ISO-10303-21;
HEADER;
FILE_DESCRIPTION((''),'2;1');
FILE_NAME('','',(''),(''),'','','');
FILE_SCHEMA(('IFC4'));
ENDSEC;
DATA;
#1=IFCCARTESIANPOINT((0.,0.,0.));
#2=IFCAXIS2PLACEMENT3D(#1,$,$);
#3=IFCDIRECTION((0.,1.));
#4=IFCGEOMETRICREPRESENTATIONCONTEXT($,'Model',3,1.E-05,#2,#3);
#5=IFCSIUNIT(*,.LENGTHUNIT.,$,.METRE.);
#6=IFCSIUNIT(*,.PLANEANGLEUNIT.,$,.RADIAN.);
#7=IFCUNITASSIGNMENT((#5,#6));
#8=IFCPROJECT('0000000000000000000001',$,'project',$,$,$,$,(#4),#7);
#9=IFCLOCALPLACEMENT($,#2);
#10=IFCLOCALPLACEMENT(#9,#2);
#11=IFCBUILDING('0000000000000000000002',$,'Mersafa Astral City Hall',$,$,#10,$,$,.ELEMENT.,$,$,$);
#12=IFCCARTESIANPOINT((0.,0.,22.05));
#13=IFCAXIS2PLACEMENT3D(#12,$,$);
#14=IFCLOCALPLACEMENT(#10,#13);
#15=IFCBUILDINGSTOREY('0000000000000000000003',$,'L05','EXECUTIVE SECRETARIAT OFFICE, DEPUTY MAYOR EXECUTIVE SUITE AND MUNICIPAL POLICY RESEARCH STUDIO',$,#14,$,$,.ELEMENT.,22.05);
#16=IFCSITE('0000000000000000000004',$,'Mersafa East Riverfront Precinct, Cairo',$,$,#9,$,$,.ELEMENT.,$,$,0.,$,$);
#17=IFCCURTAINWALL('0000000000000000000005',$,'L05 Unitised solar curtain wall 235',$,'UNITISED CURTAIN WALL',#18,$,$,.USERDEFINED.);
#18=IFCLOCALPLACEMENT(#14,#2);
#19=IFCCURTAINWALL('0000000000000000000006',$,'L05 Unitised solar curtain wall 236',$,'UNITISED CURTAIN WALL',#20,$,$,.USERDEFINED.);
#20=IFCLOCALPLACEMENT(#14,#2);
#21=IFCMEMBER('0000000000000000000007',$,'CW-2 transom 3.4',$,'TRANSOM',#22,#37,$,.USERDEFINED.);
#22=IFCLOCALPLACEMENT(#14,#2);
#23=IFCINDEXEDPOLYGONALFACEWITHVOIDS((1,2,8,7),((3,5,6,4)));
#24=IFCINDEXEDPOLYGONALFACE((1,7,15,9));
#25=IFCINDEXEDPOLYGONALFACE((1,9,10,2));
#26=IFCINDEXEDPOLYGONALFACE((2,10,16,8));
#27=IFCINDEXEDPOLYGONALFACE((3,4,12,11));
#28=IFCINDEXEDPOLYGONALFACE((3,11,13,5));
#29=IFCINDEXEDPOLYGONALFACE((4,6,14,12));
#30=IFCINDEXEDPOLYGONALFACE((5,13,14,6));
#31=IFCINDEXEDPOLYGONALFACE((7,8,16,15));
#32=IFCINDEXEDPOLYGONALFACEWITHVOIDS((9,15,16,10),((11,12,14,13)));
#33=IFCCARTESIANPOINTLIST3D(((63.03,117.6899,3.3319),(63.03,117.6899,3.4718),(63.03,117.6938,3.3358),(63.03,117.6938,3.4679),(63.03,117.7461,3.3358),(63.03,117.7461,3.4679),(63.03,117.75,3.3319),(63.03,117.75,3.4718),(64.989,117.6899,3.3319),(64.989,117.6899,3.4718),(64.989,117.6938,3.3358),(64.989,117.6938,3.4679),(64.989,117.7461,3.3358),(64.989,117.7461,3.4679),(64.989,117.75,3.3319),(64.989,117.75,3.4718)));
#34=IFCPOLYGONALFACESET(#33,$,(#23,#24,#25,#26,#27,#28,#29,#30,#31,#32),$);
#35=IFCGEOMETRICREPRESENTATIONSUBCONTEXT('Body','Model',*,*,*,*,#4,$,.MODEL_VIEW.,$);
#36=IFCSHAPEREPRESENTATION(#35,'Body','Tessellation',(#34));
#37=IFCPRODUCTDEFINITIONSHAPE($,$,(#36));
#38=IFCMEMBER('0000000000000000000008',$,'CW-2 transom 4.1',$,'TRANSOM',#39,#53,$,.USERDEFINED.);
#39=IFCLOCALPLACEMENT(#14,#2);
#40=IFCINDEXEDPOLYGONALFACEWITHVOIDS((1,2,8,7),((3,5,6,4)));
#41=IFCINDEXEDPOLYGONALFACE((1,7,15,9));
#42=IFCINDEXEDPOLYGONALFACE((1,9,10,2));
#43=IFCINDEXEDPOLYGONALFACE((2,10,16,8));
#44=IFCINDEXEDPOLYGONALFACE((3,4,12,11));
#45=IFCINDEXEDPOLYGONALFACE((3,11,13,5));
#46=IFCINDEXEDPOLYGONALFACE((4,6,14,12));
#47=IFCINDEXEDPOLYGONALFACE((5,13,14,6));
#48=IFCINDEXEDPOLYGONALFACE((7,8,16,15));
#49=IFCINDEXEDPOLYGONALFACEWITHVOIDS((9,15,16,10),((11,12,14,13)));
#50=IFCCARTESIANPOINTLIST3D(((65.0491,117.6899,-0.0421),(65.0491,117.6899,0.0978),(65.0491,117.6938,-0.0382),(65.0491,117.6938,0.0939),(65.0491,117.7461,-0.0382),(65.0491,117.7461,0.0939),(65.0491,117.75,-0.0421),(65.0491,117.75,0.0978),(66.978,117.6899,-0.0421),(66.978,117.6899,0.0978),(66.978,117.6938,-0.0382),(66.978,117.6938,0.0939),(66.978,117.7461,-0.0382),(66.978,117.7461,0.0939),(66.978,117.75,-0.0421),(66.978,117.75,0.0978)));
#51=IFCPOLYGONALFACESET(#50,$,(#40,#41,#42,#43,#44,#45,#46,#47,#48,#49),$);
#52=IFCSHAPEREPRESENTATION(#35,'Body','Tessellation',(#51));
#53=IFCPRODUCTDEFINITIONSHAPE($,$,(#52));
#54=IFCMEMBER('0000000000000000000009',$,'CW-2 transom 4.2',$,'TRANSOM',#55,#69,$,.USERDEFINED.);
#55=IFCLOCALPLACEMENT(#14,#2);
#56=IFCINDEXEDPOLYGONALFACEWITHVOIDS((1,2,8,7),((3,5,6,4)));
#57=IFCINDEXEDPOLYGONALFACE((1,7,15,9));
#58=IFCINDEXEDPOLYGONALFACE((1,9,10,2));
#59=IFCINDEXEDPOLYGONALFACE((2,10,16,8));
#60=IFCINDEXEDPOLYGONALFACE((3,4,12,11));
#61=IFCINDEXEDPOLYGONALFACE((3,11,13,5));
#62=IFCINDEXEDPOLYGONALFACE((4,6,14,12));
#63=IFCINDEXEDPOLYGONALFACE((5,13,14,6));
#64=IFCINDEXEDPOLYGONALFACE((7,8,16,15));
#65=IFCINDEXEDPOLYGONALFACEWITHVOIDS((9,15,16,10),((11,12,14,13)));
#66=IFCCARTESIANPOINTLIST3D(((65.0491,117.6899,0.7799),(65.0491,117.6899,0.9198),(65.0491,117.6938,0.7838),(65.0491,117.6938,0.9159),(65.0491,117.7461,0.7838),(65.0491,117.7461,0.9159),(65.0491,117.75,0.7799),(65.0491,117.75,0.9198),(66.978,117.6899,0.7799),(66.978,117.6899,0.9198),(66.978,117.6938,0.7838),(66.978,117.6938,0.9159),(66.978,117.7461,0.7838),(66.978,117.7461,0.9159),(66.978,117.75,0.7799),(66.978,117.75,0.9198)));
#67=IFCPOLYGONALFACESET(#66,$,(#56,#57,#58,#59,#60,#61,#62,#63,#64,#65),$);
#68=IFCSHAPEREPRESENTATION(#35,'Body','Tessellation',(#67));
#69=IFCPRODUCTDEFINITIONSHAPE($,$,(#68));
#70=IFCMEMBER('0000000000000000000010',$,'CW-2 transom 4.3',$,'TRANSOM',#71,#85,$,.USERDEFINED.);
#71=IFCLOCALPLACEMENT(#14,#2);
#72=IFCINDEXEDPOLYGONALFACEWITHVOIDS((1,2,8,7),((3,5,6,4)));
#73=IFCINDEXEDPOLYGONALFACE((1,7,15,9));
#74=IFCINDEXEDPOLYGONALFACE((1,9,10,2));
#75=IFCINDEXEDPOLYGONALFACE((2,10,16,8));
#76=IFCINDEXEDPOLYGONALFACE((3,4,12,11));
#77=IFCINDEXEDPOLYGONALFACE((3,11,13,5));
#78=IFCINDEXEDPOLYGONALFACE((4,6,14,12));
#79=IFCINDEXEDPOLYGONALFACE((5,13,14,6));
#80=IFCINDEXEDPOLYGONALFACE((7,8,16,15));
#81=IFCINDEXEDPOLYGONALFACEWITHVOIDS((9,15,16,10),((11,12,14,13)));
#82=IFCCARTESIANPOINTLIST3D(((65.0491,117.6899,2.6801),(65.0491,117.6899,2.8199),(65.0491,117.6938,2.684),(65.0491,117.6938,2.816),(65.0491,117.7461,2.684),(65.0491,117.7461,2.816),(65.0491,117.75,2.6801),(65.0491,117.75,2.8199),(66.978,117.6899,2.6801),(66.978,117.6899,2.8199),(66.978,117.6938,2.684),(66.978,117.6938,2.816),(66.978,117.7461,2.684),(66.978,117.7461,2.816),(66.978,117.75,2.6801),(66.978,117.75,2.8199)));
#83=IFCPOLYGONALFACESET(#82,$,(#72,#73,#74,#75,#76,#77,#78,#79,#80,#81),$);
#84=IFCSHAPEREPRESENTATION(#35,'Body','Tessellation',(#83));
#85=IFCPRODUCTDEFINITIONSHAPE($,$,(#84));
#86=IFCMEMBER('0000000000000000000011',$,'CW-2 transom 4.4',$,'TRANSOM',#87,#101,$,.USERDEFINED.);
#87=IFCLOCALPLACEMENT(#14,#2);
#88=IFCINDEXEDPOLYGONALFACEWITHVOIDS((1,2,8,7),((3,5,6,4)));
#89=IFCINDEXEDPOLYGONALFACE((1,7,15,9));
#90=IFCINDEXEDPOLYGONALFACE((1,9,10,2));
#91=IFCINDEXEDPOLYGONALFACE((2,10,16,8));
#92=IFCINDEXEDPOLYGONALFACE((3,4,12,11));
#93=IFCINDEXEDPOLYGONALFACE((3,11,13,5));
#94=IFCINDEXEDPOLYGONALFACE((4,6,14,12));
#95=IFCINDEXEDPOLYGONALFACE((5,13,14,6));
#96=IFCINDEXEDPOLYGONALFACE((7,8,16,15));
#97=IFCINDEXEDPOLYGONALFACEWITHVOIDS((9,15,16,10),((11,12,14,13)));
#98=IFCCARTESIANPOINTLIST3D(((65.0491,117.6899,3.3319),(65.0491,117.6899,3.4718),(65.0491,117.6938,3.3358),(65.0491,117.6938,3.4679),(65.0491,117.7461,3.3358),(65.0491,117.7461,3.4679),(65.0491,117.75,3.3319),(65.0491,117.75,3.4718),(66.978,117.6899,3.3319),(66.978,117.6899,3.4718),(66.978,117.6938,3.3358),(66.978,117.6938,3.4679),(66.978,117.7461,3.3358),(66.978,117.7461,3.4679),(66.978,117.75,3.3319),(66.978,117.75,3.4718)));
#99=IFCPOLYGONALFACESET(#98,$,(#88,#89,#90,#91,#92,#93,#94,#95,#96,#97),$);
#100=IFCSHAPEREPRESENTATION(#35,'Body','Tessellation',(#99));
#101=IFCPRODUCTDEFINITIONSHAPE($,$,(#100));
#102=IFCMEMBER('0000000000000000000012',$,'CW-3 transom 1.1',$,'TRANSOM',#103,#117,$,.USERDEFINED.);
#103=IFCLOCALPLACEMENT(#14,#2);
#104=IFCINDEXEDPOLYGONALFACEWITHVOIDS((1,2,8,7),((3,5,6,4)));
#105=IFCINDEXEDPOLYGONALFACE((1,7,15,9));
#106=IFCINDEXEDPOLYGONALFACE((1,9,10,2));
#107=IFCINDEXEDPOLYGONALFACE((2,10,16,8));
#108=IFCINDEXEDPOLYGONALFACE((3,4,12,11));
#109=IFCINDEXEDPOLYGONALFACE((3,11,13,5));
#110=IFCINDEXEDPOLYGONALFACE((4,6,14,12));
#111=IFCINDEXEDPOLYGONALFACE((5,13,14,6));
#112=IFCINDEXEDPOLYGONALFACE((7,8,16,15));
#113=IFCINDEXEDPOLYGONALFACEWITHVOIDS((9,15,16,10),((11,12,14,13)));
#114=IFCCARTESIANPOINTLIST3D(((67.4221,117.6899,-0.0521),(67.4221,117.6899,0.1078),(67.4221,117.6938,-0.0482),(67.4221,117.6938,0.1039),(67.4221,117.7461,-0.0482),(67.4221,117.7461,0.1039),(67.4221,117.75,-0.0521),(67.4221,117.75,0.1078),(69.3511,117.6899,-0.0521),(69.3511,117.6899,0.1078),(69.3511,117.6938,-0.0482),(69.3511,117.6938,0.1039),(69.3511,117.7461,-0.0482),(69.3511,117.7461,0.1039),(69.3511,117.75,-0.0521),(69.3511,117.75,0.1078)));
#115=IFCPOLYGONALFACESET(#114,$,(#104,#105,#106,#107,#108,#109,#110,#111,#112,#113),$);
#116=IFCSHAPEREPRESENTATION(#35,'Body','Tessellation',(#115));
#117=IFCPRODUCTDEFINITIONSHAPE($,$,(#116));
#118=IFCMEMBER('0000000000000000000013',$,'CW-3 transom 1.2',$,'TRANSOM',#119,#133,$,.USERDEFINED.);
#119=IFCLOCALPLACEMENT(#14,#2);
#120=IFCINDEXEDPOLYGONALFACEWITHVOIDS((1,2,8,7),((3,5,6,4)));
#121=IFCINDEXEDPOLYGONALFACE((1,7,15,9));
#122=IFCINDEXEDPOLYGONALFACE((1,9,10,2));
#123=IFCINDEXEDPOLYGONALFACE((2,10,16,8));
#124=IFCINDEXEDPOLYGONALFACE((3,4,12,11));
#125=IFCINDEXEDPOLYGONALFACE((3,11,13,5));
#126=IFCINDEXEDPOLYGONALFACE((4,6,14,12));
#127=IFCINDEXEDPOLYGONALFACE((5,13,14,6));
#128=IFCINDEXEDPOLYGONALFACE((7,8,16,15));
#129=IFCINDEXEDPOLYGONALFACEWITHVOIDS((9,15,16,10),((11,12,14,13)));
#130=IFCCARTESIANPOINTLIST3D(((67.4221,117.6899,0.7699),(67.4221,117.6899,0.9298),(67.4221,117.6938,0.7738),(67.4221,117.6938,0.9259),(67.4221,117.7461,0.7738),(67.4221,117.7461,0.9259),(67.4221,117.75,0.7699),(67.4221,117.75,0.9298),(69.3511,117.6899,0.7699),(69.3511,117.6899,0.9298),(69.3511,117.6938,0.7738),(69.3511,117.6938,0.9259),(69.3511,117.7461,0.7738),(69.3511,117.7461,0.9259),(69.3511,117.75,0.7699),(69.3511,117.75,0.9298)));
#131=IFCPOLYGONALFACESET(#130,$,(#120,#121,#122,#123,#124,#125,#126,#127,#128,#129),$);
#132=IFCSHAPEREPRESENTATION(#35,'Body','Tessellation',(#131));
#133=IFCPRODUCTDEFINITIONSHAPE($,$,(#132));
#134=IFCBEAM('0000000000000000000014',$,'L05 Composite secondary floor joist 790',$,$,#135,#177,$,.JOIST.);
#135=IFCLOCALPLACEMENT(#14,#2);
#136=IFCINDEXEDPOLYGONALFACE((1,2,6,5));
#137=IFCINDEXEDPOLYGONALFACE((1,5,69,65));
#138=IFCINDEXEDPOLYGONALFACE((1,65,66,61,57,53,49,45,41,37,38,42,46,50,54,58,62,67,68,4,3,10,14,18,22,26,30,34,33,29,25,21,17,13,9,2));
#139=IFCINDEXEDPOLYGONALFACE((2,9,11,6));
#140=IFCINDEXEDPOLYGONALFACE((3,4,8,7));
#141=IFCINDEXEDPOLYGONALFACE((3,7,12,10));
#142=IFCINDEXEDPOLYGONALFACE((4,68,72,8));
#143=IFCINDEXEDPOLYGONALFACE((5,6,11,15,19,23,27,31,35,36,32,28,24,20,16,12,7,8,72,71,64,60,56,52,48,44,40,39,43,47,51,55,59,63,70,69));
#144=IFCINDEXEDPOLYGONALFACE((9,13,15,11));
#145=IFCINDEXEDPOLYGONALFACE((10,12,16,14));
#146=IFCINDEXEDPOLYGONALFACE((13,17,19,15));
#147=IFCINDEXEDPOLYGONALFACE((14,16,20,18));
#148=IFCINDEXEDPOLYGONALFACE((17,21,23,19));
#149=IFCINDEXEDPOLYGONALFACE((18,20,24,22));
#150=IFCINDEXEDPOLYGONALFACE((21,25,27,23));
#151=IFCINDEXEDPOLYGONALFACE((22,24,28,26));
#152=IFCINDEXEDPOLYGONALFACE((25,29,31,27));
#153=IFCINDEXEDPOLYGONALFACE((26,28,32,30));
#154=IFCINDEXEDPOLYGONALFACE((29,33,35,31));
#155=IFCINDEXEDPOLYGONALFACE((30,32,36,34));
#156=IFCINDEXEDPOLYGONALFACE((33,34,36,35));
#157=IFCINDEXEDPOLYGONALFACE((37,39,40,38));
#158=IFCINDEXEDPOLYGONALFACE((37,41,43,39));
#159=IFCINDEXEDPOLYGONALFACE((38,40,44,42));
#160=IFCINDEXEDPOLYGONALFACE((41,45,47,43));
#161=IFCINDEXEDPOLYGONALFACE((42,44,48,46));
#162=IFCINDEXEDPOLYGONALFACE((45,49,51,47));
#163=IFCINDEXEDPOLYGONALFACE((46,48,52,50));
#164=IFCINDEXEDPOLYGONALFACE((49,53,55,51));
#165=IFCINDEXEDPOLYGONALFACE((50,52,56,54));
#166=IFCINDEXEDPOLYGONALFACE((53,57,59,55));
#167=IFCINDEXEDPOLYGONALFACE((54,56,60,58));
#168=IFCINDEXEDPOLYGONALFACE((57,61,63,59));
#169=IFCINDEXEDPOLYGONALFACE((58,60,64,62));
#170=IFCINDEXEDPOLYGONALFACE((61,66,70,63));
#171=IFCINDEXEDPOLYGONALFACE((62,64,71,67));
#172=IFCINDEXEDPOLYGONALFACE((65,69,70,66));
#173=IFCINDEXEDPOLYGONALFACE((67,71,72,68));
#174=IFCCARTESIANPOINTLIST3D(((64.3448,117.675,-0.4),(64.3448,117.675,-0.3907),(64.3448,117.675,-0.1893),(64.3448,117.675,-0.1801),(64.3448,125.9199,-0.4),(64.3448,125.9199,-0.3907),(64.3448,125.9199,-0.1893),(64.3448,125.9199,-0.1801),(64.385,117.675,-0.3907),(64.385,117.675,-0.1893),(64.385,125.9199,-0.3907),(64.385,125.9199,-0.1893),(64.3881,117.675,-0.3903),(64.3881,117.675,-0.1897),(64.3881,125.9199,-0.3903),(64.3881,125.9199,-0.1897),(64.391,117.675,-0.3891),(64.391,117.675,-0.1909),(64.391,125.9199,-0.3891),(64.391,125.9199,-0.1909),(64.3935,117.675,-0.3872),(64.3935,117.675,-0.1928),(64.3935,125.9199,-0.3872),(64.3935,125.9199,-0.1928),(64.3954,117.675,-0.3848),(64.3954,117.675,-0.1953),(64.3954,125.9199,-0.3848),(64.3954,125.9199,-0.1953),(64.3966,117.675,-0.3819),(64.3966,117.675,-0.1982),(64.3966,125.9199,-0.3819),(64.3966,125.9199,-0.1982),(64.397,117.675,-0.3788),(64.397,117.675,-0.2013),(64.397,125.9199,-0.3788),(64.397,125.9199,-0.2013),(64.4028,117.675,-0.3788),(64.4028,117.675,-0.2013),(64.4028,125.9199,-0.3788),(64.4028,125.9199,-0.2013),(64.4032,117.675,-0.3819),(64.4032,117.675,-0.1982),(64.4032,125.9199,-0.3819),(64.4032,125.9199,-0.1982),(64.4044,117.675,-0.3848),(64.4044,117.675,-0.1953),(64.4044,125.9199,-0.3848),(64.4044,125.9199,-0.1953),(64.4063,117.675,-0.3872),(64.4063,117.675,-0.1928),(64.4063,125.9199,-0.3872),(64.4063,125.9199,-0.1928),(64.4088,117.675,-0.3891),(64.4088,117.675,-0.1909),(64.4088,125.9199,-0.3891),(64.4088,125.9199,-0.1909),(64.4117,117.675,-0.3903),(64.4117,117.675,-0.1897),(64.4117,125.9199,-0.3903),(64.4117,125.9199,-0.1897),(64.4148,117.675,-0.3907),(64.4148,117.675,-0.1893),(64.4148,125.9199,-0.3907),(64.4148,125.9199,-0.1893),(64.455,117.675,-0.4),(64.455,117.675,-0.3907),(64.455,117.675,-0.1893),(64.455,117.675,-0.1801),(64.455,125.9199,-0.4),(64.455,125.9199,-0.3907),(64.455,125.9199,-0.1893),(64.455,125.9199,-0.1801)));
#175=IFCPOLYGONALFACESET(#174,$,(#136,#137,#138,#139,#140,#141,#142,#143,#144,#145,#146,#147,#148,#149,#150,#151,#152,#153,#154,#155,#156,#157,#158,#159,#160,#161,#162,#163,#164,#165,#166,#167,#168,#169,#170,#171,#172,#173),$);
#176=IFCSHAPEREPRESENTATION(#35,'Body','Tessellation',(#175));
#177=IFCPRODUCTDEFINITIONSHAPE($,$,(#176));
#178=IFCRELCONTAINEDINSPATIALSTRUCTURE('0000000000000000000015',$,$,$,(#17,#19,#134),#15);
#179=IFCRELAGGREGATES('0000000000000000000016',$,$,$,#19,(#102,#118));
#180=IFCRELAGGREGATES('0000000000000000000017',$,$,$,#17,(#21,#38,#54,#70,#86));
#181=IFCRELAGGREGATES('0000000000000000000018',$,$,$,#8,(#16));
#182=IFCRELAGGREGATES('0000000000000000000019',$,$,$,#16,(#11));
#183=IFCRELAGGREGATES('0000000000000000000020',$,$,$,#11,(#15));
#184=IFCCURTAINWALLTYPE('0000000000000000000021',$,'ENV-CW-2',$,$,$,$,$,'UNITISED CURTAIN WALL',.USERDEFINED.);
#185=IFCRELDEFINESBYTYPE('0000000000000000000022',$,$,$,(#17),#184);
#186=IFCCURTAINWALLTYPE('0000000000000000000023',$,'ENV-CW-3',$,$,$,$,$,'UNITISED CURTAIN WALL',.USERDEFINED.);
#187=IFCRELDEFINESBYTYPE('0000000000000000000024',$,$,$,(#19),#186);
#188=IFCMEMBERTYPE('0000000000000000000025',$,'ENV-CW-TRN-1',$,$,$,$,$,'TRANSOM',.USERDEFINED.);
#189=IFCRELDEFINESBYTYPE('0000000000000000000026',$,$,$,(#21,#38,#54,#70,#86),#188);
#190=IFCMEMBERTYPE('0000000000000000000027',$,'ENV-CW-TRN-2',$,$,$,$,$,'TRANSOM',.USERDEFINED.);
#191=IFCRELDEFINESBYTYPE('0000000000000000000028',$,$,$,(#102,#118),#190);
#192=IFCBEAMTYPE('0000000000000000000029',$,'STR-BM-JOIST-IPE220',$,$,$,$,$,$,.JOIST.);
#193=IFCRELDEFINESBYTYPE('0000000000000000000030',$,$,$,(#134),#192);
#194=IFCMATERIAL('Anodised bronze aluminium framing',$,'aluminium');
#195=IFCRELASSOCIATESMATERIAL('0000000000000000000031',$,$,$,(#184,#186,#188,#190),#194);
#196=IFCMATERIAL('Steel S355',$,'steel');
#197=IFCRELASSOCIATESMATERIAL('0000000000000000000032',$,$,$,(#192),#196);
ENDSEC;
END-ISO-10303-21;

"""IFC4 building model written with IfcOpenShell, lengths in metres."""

from ifc_helpers import new_model, si_unit, direction, frame, origin, origin_2d, place, context, subcontext, project, spatial, hollow_rectangle, i_section, extrude, material, material_profile, profile_set, type_object, element, aggregate, save


model = new_model("IFC4")

# Units and contexts
model_context = context("Model", 3, precision=1e-05, world=origin(), true_north=direction((0.0, 1.0)))
body_context = subcontext(model_context, "Body", "Model", "MODEL_VIEW")
ifc_project = project(units=[si_unit("LENGTHUNIT", "METRE"), si_unit("PLANEANGLEUNIT", "RADIAN")], contexts=[model_context])

# Site, building, storey
site_placement = place(None, origin())
site = spatial("IfcSite", under=ifc_project, at=site_placement, Name="Mersafa East Riverfront Precinct, Cairo", CompositionType="ELEMENT", RefElevation=0.0)
building_placement = place(site_placement, origin())
building = spatial("IfcBuilding", under=site, at=building_placement, Name="Mersafa Astral City Hall", CompositionType="ELEMENT")
storey_placement = place(building_placement, frame((0.0, 0.0, 22.05)))
storey = spatial("IfcBuildingStorey", under=building, at=storey_placement, Name="L05", Description="EXECUTIVE SECRETARIAT OFFICE, DEPUTY MAYOR EXECUTIVE SUITE AND MUNICIPAL POLICY RESEARCH STUDIO", CompositionType="ELEMENT", Elevation=22.05)

# Shared definitions
ifc_material_1 = material(Name="Steel S355", Category="steel")

# Curtain wall
ifc_material_2 = material(Name="Anodised bronze aluminium framing", Category="aluminium")
curtain_wall_type_1 = type_object("IfcCurtainWallType", Name="ENV-CW-2", ElementType="UNITISED CURTAIN WALL", PredefinedType="USERDEFINED", material=ifc_material_2)
curtain_wall_1_placement = place(storey_placement, origin())
curtain_wall_1 = element("IfcCurtainWall", 1, at=curtain_wall_1_placement, inside=storey, type_object=curtain_wall_type_1, Name="L05 Unitised solar curtain wall 235", ObjectType="UNITISED CURTAIN WALL", PredefinedType="USERDEFINED")

# Curtain wall
curtain_wall_type_2 = type_object("IfcCurtainWallType", Name="ENV-CW-3", ElementType="UNITISED CURTAIN WALL", PredefinedType="USERDEFINED", material=ifc_material_2)
curtain_wall_2_placement = place(storey_placement, origin())
curtain_wall_2 = element("IfcCurtainWall", 2, at=curtain_wall_2_placement, inside=storey, type_object=curtain_wall_type_2, Name="L05 Unitised solar curtain wall 236", ObjectType="UNITISED CURTAIN WALL", PredefinedType="USERDEFINED")

# Members
ifc_material_profile_1 = material_profile(ifc_material_2, hollow_rectangle(XDim=0.0601, YDim=0.1399, WallThickness=0.0039, at=origin_2d()), Name="RHS 60x140x4")
ifc_profile_set_1 = profile_set([ifc_material_profile_1], Name="Anodised bronze aluminium framing")
member_type_1 = type_object("IfcMemberType", Name="ENV-CW-TRN-1", ElementType="TRANSOM", PredefinedType="USERDEFINED", material=ifc_profile_set_1)
member_1_placement = place(storey_placement, frame((63.03, 117.72, 3.4019), z_axis=(1.0, 0.0, 0.0), x_axis=(0.0, 1.0, 0.0)))
member_1 = element("IfcMember", 3, at=member_1_placement, type_object=member_type_1, Name="CW-2 transom 3.4", ObjectType="TRANSOM", PredefinedType="USERDEFINED", context=body_context, shape_type="SweptSolid", body=[
    extrude(hollow_rectangle(XDim=0.0601, YDim=0.1399, WallThickness=0.0039, at=origin_2d()), origin(), (0.0, 0.0, 1.0), 1.959),
])
member_2_placement = place(storey_placement, frame((65.0491, 117.72, 0.0278), z_axis=(1.0, 0.0, 0.0), x_axis=(0.0, 1.0, 0.0)))
member_2 = element("IfcMember", 4, at=member_2_placement, type_object=member_type_1, Name="CW-2 transom 4.1", ObjectType="TRANSOM", PredefinedType="USERDEFINED", context=body_context, shape_type="SweptSolid", body=[
    extrude(hollow_rectangle(XDim=0.0601, YDim=0.1399, WallThickness=0.0039, at=origin_2d()), origin(), (0.0, 0.0, 1.0), 1.929),
])
member_3_placement = place(storey_placement, frame((65.0491, 117.72, 0.8499), z_axis=(1.0, 0.0, 0.0), x_axis=(0.0, 1.0, 0.0)))
member_3 = element("IfcMember", 5, at=member_3_placement, type_object=member_type_1, Name="CW-2 transom 4.2", ObjectType="TRANSOM", PredefinedType="USERDEFINED", context=body_context, shape_type="SweptSolid", body=[
    extrude(hollow_rectangle(XDim=0.0601, YDim=0.1399, WallThickness=0.0039, at=origin_2d()), origin(), (0.0, 0.0, 1.0), 1.929),
])
member_4_placement = place(storey_placement, frame((65.0491, 117.72, 2.75), z_axis=(1.0, 0.0, 0.0), x_axis=(0.0, 1.0, 0.0)))
member_4 = element("IfcMember", 6, at=member_4_placement, type_object=member_type_1, Name="CW-2 transom 4.3", ObjectType="TRANSOM", PredefinedType="USERDEFINED", context=body_context, shape_type="SweptSolid", body=[
    extrude(hollow_rectangle(XDim=0.0601, YDim=0.1399, WallThickness=0.0039, at=origin_2d()), origin(), (0.0, 0.0, 1.0), 1.929),
])
member_5_placement = place(storey_placement, frame((65.0491, 117.72, 3.4019), z_axis=(1.0, 0.0, 0.0), x_axis=(0.0, 1.0, 0.0)))
member_5 = element("IfcMember", 7, at=member_5_placement, type_object=member_type_1, Name="CW-2 transom 4.4", ObjectType="TRANSOM", PredefinedType="USERDEFINED", context=body_context, shape_type="SweptSolid", body=[
    extrude(hollow_rectangle(XDim=0.0601, YDim=0.1399, WallThickness=0.0039, at=origin_2d()), origin(), (0.0, 0.0, 1.0), 1.929),
])
ifc_material_profile_2 = material_profile(ifc_material_2, hollow_rectangle(XDim=0.0601, YDim=0.1599, WallThickness=0.0039, at=origin_2d()), Name="RHS 60x160x4")
ifc_profile_set_2 = profile_set([ifc_material_profile_2], Name="Anodised bronze aluminium framing")
member_type_2 = type_object("IfcMemberType", Name="ENV-CW-TRN-2", ElementType="TRANSOM", PredefinedType="USERDEFINED", material=ifc_profile_set_2)
member_6_placement = place(storey_placement, frame((67.4221, 117.72, 0.0278), z_axis=(1.0, 0.0, 0.0), x_axis=(0.0, 1.0, 0.0)))
member_6 = element("IfcMember", 8, at=member_6_placement, type_object=member_type_2, Name="CW-3 transom 1.1", ObjectType="TRANSOM", PredefinedType="USERDEFINED", context=body_context, shape_type="SweptSolid", body=[
    extrude(hollow_rectangle(XDim=0.0601, YDim=0.1599, WallThickness=0.0039, at=origin_2d()), origin(), (0.0, 0.0, 1.0), 1.929),
])
member_7_placement = place(storey_placement, frame((67.4221, 117.72, 0.8499), z_axis=(1.0, 0.0, 0.0), x_axis=(0.0, 1.0, 0.0)))
member_7 = element("IfcMember", 9, at=member_7_placement, type_object=member_type_2, Name="CW-3 transom 1.2", ObjectType="TRANSOM", PredefinedType="USERDEFINED", context=body_context, shape_type="SweptSolid", body=[
    extrude(hollow_rectangle(XDim=0.0601, YDim=0.1599, WallThickness=0.0039, at=origin_2d()), origin(), (0.0, 0.0, 1.0), 1.929),
])
aggregate(curtain_wall_2, [member_6, member_7])

# Beam
ifc_material_profile_3 = material_profile(ifc_material_1, i_section(OverallWidth=0.1101, OverallDepth=0.22, WebThickness=0.0059, FlangeThickness=0.0093, FilletRadius=0.012, at=origin_2d()), Name="IPE 220")
ifc_profile_set_3 = profile_set([ifc_material_profile_3], Name="Steel S355")
beam_type_1 = type_object("IfcBeamType", Name="STR-BM-JOIST-IPE220", PredefinedType="JOIST", material=ifc_profile_set_3)
beam_1_placement = place(storey_placement, frame((64.3999, 117.675, -0.29), z_axis=(0.0, 1.0, 0.0), x_axis=(-1.0, 0.0, 0.0)))
element("IfcBeam", 10, at=beam_1_placement, inside=storey, type_object=beam_type_1, Name="L05 Composite secondary floor joist 790", PredefinedType="JOIST", context=body_context, shape_type="SweptSolid", body=[
    extrude(i_section(OverallWidth=0.1101, OverallDepth=0.22, WebThickness=0.0059, FlangeThickness=0.0093, FilletRadius=0.012, at=origin_2d()), origin(), (0.0, 0.0, 1.0), 8.2449),
])

aggregate(curtain_wall_1, [member_1, member_2, member_3, member_4, member_5])

save(model, "model.ifc")
